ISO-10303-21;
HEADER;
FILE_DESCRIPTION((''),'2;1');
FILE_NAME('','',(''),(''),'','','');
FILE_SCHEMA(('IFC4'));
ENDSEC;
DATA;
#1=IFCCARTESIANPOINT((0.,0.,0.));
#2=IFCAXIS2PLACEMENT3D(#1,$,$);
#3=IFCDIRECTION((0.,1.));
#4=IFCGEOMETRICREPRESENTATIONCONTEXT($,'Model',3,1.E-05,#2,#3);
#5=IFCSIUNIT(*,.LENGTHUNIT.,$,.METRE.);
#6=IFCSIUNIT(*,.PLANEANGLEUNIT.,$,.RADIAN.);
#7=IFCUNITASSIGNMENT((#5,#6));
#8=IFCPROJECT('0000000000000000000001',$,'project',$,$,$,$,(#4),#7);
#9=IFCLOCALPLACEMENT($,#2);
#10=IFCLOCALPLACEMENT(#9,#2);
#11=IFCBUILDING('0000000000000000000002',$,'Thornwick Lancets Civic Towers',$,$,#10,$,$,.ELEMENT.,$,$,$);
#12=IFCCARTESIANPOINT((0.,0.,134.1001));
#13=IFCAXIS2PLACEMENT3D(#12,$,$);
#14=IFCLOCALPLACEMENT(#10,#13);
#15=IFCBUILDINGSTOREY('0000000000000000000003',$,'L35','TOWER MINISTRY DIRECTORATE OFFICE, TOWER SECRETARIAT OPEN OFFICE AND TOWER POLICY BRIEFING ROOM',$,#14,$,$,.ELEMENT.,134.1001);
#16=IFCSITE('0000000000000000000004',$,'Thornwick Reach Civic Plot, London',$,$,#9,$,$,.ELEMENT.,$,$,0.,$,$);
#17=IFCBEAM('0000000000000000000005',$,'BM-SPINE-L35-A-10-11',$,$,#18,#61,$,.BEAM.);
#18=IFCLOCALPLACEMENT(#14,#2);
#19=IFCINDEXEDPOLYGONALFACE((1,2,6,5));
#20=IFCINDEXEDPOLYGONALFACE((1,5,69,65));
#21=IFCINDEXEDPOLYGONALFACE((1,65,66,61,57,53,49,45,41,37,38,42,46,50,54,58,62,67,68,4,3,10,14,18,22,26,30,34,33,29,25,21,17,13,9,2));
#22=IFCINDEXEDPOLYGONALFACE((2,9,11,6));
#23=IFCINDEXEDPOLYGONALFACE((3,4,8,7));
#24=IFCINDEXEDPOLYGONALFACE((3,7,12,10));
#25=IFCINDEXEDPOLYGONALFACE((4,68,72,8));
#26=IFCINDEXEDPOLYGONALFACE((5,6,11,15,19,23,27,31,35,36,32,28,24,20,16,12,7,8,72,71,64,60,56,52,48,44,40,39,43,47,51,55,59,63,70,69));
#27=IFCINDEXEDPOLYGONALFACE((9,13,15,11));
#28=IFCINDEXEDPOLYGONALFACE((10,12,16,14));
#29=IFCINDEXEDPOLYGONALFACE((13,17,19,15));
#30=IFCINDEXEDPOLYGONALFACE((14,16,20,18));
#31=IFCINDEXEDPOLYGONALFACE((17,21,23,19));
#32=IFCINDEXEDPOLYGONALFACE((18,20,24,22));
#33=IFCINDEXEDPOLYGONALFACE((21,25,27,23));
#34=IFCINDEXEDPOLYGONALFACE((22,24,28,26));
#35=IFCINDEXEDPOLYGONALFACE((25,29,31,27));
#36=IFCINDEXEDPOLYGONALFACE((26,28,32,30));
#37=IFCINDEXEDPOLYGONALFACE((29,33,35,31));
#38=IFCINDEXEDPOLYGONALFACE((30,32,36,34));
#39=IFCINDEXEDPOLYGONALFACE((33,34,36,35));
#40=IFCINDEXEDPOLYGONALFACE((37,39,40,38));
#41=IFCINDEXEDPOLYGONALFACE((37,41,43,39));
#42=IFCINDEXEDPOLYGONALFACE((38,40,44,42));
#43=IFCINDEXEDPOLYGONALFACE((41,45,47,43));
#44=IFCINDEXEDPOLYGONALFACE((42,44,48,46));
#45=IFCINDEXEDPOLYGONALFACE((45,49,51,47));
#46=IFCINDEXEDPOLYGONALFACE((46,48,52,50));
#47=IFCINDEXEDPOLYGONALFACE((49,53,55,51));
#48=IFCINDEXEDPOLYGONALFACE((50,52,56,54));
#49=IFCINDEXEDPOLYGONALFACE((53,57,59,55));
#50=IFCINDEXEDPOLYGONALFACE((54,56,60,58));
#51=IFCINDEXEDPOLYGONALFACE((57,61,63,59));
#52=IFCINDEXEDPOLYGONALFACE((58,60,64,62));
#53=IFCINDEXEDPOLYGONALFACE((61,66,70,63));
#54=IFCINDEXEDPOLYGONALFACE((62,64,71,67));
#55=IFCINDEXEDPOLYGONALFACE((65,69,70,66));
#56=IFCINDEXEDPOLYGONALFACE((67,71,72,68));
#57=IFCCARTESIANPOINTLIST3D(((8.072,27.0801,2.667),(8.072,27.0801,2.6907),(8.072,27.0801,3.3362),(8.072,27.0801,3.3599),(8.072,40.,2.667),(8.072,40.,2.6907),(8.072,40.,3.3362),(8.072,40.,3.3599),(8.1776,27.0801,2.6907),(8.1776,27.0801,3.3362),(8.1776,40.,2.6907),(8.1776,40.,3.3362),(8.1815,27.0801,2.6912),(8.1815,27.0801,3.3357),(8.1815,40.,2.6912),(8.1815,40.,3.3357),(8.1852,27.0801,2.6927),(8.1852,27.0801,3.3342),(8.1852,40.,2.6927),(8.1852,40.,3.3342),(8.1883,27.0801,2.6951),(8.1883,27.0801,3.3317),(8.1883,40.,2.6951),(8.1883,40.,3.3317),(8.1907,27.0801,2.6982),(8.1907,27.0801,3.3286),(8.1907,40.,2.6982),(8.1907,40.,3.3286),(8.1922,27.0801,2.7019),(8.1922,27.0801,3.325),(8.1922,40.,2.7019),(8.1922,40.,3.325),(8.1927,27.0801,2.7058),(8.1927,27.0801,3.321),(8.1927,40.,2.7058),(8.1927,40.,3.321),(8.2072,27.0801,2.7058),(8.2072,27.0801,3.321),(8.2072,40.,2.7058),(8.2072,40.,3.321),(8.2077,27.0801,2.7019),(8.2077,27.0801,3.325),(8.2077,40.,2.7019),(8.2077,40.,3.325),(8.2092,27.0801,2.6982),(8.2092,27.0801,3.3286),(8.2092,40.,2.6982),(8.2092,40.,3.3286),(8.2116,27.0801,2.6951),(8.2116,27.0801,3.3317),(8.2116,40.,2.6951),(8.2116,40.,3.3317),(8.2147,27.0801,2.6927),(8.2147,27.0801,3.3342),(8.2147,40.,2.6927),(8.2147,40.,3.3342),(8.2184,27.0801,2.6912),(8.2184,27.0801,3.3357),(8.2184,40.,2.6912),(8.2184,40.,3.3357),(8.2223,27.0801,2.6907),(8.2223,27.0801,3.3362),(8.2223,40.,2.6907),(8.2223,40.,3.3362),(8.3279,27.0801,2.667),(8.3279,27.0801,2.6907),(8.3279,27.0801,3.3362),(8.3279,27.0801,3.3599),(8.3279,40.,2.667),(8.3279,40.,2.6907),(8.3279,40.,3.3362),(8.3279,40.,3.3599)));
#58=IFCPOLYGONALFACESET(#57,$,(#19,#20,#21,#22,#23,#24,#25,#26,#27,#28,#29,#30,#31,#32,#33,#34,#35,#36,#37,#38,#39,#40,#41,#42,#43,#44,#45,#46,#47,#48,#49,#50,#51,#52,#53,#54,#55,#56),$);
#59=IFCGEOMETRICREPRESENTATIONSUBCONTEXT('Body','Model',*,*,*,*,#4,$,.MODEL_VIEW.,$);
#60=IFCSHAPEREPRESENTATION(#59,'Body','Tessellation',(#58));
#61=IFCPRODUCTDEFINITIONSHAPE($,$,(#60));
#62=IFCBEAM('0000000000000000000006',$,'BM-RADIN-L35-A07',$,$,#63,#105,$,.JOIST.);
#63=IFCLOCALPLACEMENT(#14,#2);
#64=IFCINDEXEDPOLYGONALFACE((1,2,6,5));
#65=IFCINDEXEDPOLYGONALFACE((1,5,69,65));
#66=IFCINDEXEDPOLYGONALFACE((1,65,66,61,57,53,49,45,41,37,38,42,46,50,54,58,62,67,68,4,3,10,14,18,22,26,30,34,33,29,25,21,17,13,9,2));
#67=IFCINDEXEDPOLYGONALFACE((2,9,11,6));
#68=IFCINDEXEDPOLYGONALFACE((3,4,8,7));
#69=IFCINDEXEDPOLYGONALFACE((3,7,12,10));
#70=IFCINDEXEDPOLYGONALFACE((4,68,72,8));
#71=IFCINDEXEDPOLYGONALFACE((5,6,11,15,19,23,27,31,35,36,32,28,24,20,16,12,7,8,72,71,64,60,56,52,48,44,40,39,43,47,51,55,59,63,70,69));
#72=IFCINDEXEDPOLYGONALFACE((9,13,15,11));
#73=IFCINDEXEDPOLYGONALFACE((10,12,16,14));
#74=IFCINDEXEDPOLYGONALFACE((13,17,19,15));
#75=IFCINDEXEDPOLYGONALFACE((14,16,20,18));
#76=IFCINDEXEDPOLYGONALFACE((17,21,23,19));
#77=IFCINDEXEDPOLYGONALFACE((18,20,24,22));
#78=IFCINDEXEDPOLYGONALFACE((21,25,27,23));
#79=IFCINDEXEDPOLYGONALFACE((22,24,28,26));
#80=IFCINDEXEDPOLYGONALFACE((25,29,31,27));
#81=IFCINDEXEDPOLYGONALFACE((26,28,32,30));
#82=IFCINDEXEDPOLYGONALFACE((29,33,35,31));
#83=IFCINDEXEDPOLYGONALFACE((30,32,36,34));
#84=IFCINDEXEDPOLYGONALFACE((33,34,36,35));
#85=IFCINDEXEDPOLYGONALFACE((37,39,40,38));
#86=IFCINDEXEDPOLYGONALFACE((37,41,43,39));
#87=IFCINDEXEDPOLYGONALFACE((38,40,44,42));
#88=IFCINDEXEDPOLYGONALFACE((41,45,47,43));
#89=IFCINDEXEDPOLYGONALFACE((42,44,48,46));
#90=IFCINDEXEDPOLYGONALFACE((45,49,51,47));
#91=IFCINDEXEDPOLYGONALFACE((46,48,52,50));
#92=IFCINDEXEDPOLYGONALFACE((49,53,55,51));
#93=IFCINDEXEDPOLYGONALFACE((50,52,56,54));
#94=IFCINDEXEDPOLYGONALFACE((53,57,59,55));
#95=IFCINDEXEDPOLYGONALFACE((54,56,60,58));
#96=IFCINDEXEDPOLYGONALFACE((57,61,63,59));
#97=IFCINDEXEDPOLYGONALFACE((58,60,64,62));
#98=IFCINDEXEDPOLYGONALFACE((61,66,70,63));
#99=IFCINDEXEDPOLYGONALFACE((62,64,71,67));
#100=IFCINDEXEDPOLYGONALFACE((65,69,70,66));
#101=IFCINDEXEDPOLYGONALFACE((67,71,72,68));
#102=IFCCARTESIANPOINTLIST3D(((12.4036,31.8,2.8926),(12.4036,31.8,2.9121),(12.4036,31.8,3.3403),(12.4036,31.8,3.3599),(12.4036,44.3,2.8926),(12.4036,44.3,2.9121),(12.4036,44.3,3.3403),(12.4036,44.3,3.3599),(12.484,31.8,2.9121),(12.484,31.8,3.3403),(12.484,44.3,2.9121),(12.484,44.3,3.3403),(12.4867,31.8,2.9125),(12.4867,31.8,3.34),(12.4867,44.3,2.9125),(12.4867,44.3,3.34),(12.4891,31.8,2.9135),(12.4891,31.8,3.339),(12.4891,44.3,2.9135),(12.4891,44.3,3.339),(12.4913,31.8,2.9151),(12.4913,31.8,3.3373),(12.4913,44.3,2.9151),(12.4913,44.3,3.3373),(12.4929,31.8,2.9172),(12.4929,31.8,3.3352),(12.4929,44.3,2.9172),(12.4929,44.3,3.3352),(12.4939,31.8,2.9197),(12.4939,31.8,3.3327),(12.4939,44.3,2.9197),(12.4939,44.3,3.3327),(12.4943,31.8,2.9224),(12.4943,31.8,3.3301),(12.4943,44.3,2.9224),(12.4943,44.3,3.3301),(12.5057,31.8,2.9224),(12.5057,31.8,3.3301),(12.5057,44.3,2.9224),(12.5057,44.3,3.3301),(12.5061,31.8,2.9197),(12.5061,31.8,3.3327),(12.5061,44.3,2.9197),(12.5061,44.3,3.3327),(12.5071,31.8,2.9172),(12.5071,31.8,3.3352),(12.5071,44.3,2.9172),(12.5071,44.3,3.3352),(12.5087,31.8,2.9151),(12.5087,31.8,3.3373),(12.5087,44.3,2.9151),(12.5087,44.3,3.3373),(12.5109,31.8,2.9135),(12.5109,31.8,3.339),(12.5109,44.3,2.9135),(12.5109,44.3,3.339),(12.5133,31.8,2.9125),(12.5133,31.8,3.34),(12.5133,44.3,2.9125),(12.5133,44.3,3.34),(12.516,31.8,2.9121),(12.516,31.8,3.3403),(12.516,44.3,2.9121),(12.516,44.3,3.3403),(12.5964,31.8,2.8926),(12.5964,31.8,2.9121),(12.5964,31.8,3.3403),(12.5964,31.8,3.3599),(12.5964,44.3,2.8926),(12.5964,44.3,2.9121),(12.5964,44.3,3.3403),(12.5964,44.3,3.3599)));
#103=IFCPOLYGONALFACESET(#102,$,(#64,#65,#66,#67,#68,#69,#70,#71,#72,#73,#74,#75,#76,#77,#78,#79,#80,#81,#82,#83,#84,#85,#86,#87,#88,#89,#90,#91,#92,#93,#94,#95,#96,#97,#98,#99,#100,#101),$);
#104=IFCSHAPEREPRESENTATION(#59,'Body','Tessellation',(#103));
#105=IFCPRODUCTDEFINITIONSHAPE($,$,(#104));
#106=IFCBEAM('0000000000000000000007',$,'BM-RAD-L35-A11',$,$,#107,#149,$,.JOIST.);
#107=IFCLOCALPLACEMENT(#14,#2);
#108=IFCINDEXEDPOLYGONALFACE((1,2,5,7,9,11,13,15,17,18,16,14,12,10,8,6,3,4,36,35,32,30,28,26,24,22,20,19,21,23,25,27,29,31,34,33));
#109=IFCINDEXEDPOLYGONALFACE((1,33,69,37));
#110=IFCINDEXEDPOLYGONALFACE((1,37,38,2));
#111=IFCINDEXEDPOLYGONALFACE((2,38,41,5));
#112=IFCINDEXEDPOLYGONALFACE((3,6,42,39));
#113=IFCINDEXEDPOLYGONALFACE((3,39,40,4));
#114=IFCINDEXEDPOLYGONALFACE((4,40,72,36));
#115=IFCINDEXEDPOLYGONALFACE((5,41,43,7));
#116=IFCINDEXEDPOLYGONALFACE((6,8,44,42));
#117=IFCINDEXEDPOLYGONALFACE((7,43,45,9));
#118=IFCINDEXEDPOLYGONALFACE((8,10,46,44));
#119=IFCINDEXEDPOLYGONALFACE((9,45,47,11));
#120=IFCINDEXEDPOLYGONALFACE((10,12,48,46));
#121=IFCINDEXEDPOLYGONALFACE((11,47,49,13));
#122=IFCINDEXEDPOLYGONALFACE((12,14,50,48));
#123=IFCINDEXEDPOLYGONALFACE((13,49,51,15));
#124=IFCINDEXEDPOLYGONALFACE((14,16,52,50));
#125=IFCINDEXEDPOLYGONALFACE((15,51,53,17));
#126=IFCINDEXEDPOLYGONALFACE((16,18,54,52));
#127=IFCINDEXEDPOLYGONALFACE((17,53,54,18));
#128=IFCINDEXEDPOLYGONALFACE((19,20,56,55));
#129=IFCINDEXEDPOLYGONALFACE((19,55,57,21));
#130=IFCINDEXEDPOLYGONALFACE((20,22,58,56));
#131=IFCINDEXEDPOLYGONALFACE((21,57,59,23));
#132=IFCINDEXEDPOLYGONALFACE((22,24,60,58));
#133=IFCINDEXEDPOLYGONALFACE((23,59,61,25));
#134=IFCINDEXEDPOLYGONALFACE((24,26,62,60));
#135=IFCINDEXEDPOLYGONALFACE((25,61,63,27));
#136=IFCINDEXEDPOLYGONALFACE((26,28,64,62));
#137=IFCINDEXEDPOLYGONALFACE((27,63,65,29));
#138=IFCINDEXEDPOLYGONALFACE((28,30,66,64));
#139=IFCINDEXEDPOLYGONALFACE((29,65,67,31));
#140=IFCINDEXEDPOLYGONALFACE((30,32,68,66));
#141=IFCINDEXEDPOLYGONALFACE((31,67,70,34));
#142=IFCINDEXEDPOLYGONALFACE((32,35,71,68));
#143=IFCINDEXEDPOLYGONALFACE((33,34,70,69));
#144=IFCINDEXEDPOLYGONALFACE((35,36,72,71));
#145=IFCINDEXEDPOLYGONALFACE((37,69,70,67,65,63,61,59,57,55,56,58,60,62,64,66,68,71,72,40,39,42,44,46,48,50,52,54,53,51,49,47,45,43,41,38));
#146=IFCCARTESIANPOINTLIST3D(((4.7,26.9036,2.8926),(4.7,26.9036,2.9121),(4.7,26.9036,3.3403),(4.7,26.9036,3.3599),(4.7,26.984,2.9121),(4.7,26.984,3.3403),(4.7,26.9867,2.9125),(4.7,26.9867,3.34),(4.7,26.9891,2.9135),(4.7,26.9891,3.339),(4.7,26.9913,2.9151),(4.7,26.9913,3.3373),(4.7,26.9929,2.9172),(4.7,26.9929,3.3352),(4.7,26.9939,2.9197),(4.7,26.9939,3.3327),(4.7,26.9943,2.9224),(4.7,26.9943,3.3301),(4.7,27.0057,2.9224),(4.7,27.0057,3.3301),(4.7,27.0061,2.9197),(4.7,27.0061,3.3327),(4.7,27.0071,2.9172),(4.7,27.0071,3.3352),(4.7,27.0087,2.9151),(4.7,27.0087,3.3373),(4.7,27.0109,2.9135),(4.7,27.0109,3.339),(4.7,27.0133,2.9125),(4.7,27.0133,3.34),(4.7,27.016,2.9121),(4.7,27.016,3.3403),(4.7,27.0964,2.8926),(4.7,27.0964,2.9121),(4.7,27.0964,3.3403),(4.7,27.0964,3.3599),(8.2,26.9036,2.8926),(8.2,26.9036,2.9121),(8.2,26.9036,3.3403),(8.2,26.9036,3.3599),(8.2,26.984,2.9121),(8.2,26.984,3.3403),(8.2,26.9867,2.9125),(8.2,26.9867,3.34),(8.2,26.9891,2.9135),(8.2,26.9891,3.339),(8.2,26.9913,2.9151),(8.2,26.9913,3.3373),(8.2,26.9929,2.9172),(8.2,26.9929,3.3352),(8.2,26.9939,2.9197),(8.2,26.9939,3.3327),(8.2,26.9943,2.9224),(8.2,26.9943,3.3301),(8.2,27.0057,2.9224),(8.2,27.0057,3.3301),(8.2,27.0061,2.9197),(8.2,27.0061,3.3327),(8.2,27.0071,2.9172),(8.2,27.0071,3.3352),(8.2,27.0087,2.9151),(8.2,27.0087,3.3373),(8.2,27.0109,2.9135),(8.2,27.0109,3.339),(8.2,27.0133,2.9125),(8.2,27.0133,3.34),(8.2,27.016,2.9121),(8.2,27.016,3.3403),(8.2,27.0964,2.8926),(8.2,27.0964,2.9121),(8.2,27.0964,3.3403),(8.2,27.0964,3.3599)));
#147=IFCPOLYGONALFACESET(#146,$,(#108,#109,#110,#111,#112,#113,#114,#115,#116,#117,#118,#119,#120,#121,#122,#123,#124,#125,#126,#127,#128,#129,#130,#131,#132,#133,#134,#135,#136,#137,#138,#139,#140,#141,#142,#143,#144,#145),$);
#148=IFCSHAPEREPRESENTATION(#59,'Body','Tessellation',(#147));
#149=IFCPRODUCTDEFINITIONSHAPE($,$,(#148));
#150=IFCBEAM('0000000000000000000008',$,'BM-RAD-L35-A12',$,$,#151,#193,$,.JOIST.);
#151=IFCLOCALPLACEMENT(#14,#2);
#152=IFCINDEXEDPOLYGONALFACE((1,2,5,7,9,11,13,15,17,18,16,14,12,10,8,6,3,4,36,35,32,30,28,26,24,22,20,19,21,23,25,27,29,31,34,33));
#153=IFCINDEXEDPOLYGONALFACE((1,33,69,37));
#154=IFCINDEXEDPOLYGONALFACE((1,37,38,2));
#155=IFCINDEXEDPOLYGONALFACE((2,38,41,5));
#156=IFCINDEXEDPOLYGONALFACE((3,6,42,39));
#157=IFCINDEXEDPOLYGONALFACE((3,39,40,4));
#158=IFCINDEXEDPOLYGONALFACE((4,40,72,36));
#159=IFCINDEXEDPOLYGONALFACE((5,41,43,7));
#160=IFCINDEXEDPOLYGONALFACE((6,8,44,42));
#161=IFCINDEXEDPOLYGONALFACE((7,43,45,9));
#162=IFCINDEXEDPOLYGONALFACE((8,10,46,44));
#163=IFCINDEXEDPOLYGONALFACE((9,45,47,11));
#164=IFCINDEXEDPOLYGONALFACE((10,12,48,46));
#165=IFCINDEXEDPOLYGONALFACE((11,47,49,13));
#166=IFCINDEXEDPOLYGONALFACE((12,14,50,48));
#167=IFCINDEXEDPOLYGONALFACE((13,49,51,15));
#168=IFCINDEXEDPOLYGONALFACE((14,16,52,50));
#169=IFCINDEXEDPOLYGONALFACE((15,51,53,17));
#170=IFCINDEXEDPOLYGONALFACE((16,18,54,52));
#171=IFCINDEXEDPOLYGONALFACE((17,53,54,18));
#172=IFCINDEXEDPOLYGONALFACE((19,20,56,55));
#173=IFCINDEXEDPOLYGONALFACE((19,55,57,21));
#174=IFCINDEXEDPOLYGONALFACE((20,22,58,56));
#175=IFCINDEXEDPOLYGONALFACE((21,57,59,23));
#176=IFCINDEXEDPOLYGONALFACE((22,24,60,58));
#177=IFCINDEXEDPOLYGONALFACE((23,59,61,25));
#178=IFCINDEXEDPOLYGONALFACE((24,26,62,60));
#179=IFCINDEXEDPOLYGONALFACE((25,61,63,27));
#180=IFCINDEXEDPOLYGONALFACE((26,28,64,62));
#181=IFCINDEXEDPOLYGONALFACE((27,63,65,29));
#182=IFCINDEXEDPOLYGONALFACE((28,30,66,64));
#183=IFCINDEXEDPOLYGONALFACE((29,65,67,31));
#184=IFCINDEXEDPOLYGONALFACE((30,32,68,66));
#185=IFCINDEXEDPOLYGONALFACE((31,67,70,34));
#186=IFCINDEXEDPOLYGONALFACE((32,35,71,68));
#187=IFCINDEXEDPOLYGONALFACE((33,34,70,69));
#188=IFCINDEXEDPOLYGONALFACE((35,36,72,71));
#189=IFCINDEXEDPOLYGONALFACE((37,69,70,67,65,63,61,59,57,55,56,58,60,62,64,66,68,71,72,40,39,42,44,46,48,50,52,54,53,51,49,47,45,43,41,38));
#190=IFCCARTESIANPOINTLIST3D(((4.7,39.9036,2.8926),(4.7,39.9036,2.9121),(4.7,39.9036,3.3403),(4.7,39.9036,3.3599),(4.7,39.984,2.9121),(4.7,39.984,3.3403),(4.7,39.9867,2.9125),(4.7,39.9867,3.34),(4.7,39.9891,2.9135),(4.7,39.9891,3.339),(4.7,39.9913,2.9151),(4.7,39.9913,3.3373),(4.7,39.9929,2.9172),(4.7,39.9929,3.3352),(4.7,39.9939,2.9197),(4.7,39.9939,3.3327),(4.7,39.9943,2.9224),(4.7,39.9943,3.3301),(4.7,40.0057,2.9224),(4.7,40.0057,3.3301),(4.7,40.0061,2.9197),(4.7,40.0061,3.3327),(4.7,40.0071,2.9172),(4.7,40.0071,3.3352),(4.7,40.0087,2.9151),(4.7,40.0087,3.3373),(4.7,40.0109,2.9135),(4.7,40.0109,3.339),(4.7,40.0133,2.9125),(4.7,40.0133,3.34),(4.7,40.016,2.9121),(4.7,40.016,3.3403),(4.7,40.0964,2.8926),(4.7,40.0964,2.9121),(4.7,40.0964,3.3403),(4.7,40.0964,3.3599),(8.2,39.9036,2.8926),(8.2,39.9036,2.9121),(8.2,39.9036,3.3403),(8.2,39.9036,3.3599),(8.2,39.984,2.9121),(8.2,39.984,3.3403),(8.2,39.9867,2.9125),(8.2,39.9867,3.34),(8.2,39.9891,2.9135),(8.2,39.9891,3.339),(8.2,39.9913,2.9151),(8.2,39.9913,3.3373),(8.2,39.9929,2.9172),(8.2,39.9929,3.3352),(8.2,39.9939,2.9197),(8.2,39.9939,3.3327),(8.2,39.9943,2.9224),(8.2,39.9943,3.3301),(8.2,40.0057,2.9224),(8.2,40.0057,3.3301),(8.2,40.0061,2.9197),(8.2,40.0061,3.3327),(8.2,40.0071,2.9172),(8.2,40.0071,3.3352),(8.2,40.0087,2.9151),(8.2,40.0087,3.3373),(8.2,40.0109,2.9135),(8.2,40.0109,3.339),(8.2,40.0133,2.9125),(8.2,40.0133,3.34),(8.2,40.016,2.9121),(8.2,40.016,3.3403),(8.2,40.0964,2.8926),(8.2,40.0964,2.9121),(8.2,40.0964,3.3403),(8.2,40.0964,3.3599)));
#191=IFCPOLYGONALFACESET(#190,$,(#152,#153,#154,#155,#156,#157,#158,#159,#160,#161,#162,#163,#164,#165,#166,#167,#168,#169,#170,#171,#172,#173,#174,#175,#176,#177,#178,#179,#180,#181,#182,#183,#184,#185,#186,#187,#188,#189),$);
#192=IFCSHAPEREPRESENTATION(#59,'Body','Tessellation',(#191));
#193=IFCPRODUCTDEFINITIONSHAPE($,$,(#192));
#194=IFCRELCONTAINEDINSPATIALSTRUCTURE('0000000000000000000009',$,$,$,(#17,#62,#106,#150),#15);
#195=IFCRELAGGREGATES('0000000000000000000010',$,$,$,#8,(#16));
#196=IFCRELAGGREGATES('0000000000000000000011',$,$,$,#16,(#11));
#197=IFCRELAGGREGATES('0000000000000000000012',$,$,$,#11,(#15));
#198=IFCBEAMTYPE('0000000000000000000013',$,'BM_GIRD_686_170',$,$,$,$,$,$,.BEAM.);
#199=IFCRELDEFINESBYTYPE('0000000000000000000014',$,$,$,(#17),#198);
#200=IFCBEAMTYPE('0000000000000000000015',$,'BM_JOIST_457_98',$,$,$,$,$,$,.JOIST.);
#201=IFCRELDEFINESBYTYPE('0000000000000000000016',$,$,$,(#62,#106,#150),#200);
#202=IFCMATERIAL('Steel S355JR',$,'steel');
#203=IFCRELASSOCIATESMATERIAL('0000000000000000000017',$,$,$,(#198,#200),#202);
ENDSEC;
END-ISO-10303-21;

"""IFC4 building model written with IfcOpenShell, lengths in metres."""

from ifc_helpers import new_model, si_unit, direction, frame, origin, origin_2d, place, context, subcontext, project, spatial, i_section, extrude, material, material_profile, profile_set, type_object, element, save


model = new_model("IFC4")

# Units and contexts
model_context = context("Model", 3, precision=1e-05, world=origin(), true_north=direction((0.0, 1.0)))
body_context = subcontext(model_context, "Body", "Model", "MODEL_VIEW")
ifc_project = project(units=[si_unit("LENGTHUNIT", "METRE"), si_unit("PLANEANGLEUNIT", "RADIAN")], contexts=[model_context])

# Site, building, storey
site_placement = place(None, origin())
site = spatial("IfcSite", under=ifc_project, at=site_placement, Name="Thornwick Reach Civic Plot, London", CompositionType="ELEMENT", RefElevation=0.0)
building_placement = place(site_placement, origin())
building = spatial("IfcBuilding", under=site, at=building_placement, Name="Thornwick Lancets Civic Towers", CompositionType="ELEMENT")
storey_placement = place(building_placement, frame((0.0, 0.0, 134.1001)))
storey = spatial("IfcBuildingStorey", under=building, at=storey_placement, Name="L35", Description="TOWER MINISTRY DIRECTORATE OFFICE, TOWER SECRETARIAT OPEN OFFICE AND TOWER POLICY BRIEFING ROOM", CompositionType="ELEMENT", Elevation=134.1001)

# Beams
ifc_material_1 = material(Name="Steel S355JR", Category="steel")
ifc_material_profile_1 = material_profile(ifc_material_1, i_section(OverallWidth=0.2559, OverallDepth=0.6929, WebThickness=0.0144, FlangeThickness=0.0237, FilletRadius=0.0151, at=origin_2d()), Name="UKB 686x254x170")
ifc_profile_set_1 = profile_set([ifc_material_profile_1], Name="Steel S355JR")
beam_type_1 = type_object("IfcBeamType", Name="BM_GIRD_686_170", PredefinedType="BEAM", material=ifc_profile_set_1)
beam_1_placement = place(storey_placement, frame((8.2, 27.0801, 3.0134), z_axis=(0.0, 1.0, 0.0), x_axis=(-1.0, 0.0, 0.0)))
element("IfcBeam", 1, at=beam_1_placement, inside=storey, type_object=beam_type_1, Name="BM-SPINE-L35-A-10-11", PredefinedType="BEAM", context=body_context, shape_type="SweptSolid", body=[
    extrude(i_section(OverallWidth=0.2559, OverallDepth=0.6929, WebThickness=0.0144, FlangeThickness=0.0237, FilletRadius=0.0151, at=origin_2d()), origin(), (0.0, 0.0, 1.0), 12.9199),
])
ifc_material_profile_2 = material_profile(ifc_material_1, i_section(OverallWidth=0.1929, OverallDepth=0.4673, WebThickness=0.0115, FlangeThickness=0.0195, FilletRadius=0.0103, at=origin_2d()), Name="UKB 457x191x98")
ifc_profile_set_2 = profile_set([ifc_material_profile_2], Name="Steel S355JR")
beam_type_2 = type_object("IfcBeamType", Name="BM_JOIST_457_98", PredefinedType="JOIST", material=ifc_profile_set_2)
beam_2_placement = place(storey_placement, frame((12.5, 31.8, 3.1262), z_axis=(0.0, 1.0, 0.0), x_axis=(-1.0, 0.0, 0.0)))
element("IfcBeam", 2, at=beam_2_placement, inside=storey, type_object=beam_type_2, Name="BM-RADIN-L35-A07", PredefinedType="JOIST", context=body_context, shape_type="SweptSolid", body=[
    extrude(i_section(OverallWidth=0.1929, OverallDepth=0.4673, WebThickness=0.0115, FlangeThickness=0.0195, FilletRadius=0.0103, at=origin_2d()), origin(), (0.0, 0.0, 1.0), 12.5),
])
for number, where, z_axis, x_axis, name in (
    (3, (8.2, 27.0, 3.1262), (-1.0, 0.0, 0.0), (0.0, -1.0, 0.0), "BM-RAD-L35-A11"),
    (4, (8.2, 40.0, 3.1262), (-1.0, 0.0, 0.0), (0.0, -1.0, 0.0), "BM-RAD-L35-A12"),
):
    element("IfcBeam", number, at=place(storey_placement, frame(where, z_axis=z_axis, x_axis=x_axis)), inside=storey, type_object=beam_type_2, Name=name, PredefinedType="JOIST", context=body_context, shape_type="SweptSolid", body=[
        extrude(i_section(OverallWidth=0.1929, OverallDepth=0.4673, WebThickness=0.0115, FlangeThickness=0.0195, FilletRadius=0.0103, at=origin_2d()), origin(), (0.0, 0.0, 1.0), 3.5),
    ])

save(model, "model.ifc")
